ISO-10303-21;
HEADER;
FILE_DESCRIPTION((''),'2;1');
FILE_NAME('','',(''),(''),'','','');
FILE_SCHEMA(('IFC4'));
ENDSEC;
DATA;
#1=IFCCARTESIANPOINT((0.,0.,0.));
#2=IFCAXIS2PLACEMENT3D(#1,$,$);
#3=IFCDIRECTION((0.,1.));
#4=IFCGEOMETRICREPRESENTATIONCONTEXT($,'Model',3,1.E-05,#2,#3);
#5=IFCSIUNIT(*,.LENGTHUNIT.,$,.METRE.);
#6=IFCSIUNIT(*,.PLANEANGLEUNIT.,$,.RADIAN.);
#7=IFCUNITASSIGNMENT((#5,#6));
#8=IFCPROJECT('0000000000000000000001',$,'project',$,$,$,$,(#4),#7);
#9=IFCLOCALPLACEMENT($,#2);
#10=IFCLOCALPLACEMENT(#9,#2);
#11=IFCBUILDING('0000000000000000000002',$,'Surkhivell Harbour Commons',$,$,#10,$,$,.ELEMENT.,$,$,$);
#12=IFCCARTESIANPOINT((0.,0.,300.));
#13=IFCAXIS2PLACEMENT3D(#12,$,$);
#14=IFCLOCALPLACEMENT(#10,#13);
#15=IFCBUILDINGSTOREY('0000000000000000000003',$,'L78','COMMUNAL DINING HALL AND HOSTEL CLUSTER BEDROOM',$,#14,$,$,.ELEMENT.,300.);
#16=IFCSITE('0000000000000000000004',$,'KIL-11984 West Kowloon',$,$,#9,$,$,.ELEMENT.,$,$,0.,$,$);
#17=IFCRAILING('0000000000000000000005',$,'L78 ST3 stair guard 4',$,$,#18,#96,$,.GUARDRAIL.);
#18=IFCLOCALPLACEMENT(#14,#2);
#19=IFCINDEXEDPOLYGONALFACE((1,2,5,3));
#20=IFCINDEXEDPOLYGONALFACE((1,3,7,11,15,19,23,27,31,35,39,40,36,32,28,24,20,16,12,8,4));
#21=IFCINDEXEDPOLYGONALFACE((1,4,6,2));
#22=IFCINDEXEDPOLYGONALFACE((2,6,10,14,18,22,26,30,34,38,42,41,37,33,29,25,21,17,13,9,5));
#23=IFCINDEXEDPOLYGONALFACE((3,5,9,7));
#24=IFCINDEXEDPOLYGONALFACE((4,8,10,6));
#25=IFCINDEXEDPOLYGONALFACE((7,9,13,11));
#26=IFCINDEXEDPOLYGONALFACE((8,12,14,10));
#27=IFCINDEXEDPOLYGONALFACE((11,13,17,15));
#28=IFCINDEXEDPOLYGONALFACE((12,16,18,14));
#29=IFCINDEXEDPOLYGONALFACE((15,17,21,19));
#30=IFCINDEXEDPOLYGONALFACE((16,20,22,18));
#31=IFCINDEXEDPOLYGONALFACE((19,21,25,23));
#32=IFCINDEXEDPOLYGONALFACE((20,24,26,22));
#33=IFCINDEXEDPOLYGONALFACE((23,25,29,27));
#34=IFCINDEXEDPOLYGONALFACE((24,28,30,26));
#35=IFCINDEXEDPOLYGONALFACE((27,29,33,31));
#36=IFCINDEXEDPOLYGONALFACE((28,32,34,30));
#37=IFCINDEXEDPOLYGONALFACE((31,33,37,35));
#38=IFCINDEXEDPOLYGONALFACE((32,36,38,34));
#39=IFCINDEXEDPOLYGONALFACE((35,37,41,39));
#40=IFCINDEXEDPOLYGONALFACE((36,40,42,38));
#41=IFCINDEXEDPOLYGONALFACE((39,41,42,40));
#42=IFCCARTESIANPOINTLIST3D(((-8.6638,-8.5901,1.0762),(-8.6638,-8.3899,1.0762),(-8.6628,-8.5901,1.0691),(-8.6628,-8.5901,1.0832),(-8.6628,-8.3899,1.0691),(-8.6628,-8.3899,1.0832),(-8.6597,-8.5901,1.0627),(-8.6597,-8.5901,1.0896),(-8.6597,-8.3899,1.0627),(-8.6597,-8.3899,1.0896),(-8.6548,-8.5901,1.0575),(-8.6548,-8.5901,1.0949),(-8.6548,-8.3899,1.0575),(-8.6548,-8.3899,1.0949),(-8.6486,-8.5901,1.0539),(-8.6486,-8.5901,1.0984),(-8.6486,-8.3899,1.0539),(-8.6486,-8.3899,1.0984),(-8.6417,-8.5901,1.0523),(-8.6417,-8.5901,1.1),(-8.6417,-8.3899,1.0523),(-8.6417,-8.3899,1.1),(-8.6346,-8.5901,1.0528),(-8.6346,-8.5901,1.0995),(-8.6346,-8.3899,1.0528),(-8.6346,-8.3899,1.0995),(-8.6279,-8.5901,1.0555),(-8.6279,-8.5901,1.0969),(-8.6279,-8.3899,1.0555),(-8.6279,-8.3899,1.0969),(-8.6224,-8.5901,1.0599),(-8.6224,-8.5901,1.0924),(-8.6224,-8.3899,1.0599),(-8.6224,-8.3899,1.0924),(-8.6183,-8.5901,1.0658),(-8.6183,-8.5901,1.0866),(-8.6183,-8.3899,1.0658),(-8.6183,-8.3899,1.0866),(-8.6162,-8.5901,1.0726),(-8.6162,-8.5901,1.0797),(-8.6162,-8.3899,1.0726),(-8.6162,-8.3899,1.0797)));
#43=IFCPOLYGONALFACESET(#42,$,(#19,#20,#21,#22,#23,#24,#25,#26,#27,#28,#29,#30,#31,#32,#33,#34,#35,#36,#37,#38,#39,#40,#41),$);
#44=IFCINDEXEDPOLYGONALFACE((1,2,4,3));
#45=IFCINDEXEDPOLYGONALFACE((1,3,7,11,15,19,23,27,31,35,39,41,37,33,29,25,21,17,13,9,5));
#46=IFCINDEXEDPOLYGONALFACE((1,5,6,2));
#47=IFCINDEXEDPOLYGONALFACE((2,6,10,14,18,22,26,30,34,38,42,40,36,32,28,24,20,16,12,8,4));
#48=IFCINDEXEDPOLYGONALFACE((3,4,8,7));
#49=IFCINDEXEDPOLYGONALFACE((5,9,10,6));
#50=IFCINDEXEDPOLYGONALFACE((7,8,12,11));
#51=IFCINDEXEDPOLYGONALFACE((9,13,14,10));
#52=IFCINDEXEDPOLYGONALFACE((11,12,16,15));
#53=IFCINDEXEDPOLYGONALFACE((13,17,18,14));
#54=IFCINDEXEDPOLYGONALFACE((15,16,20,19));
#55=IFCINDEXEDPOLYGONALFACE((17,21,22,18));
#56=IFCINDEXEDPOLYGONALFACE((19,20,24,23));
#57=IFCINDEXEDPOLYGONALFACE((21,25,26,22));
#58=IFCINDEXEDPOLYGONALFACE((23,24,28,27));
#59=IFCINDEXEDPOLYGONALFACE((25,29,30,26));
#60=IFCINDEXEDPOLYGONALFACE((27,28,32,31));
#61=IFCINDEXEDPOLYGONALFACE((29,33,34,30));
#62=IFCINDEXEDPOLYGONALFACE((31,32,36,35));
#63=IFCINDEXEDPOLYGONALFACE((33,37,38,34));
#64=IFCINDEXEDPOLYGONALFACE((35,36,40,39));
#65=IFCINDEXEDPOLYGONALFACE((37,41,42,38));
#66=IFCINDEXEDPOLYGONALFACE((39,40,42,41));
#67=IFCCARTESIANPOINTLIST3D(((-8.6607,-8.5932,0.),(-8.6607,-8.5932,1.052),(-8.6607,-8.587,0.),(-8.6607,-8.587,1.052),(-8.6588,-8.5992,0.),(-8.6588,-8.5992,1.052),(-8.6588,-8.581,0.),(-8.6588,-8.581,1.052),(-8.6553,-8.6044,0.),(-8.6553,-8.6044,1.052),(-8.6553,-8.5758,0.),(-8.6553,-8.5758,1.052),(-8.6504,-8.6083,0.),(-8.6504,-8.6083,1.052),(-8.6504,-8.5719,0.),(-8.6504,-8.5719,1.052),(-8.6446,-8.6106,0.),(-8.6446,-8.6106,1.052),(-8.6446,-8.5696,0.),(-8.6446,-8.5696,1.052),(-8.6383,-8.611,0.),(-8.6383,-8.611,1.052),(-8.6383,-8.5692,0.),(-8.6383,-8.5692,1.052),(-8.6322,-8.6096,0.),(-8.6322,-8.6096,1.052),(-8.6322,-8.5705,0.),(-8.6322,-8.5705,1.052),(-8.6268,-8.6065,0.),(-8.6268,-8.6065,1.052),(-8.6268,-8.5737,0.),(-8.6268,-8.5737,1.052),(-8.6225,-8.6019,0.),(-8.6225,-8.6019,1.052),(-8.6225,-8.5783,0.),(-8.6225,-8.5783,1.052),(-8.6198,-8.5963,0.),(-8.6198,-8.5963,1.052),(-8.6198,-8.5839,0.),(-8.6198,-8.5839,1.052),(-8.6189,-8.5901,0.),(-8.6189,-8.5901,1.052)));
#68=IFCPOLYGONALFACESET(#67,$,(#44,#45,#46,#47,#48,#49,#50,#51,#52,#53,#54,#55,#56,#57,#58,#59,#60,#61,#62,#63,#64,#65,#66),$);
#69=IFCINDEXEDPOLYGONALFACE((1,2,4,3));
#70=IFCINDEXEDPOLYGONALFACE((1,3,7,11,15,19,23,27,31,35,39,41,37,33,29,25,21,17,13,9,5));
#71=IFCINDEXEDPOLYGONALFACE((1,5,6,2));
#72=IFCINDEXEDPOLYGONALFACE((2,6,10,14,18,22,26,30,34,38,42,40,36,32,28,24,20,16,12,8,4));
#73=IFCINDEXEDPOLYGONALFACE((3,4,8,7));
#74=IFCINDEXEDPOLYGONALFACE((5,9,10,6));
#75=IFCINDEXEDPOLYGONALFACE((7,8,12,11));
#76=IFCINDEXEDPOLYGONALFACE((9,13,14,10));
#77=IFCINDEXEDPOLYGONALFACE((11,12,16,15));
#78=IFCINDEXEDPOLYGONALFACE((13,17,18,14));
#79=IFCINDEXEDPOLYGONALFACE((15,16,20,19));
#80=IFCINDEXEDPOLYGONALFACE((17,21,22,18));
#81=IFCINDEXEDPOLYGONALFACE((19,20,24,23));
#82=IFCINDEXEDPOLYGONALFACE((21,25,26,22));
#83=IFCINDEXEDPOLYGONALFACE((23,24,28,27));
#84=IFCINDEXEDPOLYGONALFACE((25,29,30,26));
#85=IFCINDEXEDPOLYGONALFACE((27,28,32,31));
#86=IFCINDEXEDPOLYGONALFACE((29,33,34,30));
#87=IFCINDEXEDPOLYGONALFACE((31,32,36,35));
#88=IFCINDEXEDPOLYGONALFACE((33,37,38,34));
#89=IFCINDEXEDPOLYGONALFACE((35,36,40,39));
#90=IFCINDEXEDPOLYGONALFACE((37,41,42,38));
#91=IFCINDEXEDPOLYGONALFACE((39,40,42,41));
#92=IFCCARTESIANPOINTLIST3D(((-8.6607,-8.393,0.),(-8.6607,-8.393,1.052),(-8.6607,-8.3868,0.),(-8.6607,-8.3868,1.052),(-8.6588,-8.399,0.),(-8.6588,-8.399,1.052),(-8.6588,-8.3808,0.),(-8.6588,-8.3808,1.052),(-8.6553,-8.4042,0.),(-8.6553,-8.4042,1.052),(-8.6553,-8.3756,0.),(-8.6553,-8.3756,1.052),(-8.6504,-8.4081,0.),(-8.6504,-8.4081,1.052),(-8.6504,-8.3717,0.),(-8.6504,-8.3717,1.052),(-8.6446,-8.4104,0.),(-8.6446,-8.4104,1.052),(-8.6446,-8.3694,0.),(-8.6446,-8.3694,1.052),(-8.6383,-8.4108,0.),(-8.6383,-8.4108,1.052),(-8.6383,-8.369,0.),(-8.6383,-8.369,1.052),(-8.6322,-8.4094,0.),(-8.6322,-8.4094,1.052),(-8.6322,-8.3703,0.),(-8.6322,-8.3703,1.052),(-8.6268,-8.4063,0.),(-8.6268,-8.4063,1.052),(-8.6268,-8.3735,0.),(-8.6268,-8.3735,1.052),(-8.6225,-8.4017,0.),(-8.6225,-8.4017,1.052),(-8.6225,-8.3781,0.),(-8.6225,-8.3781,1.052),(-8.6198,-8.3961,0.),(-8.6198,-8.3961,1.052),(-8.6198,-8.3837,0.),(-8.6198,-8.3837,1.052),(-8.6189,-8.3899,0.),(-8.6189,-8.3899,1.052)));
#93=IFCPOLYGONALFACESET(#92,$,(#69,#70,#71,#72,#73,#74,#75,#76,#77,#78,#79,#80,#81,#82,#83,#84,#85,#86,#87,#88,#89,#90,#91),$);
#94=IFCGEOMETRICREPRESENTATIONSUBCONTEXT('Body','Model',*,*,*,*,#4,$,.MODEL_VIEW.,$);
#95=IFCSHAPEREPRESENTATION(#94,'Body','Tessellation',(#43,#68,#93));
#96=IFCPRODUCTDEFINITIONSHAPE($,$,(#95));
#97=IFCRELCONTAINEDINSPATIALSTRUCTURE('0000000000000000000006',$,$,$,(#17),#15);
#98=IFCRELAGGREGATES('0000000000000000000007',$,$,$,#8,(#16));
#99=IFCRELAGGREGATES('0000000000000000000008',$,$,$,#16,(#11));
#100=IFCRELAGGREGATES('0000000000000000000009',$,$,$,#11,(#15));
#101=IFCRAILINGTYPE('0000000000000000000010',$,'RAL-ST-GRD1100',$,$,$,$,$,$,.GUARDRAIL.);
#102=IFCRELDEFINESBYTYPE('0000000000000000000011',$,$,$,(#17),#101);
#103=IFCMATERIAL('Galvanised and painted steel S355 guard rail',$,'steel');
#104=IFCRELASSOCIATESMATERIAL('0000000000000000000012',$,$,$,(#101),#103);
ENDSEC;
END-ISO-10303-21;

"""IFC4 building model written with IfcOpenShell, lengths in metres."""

from ifc_helpers import new_model, si_unit, direction, frame, origin, origin_2d, place, context, subcontext, project, spatial, circle, extrude, material, type_object, element, save


model = new_model("IFC4")

# Units and contexts
model_context = context("Model", 3, precision=1e-05, world=origin(), true_north=direction((0.0, 1.0)))
body_context = subcontext(model_context, "Body", "Model", "MODEL_VIEW")
ifc_project = project(units=[si_unit("LENGTHUNIT", "METRE"), si_unit("PLANEANGLEUNIT", "RADIAN")], contexts=[model_context])

# Site, building, storey
site_placement = place(None, origin())
site = spatial("IfcSite", under=ifc_project, at=site_placement, Name="KIL-11984 West Kowloon", CompositionType="ELEMENT", RefElevation=0.0)
building_placement = place(site_placement, origin())
building = spatial("IfcBuilding", under=site, at=building_placement, Name="Surkhivell Harbour Commons", CompositionType="ELEMENT")
storey_placement = place(building_placement, frame((0.0, 0.0, 300.0)))
storey = spatial("IfcBuildingStorey", under=building, at=storey_placement, Name="L78", Description="COMMUNAL DINING HALL AND HOSTEL CLUSTER BEDROOM", CompositionType="ELEMENT", Elevation=300.0)

# Railing
ifc_material_1 = material(Name="Galvanised and painted steel S355 guard rail", Category="steel")
railing_type_1 = type_object("IfcRailingType", Name="RAL-ST-GRD1100", PredefinedType="GUARDRAIL", material=ifc_material_1)
railing_1_placement = place(storey_placement, frame((-8.6399, -8.5901, 0.0)))
element("IfcRailing", 1, at=railing_1_placement, inside=storey, type_object=railing_type_1, Name="L78 ST3 stair guard 4", PredefinedType="GUARDRAIL", context=body_context, shape_type="SweptSolid", body=[
    extrude(circle(Radius=0.0239, at=origin_2d()), frame((0.0, 0.0, 1.0762), z_axis=(0.0, 1.0, 0.0), x_axis=(-1.0, 0.0, 0.0)), (0.0, 0.0, 1.0), 0.2002),
    extrude(circle(Radius=0.021, at=origin_2d()), origin(), (0.0, 0.0, 1.0), 1.052),
    extrude(circle(Radius=0.021, at=origin_2d()), frame((0.0, 0.2002, 0.0)), (0.0, 0.0, 1.0), 1.052),
])

save(model, "model.ifc")
